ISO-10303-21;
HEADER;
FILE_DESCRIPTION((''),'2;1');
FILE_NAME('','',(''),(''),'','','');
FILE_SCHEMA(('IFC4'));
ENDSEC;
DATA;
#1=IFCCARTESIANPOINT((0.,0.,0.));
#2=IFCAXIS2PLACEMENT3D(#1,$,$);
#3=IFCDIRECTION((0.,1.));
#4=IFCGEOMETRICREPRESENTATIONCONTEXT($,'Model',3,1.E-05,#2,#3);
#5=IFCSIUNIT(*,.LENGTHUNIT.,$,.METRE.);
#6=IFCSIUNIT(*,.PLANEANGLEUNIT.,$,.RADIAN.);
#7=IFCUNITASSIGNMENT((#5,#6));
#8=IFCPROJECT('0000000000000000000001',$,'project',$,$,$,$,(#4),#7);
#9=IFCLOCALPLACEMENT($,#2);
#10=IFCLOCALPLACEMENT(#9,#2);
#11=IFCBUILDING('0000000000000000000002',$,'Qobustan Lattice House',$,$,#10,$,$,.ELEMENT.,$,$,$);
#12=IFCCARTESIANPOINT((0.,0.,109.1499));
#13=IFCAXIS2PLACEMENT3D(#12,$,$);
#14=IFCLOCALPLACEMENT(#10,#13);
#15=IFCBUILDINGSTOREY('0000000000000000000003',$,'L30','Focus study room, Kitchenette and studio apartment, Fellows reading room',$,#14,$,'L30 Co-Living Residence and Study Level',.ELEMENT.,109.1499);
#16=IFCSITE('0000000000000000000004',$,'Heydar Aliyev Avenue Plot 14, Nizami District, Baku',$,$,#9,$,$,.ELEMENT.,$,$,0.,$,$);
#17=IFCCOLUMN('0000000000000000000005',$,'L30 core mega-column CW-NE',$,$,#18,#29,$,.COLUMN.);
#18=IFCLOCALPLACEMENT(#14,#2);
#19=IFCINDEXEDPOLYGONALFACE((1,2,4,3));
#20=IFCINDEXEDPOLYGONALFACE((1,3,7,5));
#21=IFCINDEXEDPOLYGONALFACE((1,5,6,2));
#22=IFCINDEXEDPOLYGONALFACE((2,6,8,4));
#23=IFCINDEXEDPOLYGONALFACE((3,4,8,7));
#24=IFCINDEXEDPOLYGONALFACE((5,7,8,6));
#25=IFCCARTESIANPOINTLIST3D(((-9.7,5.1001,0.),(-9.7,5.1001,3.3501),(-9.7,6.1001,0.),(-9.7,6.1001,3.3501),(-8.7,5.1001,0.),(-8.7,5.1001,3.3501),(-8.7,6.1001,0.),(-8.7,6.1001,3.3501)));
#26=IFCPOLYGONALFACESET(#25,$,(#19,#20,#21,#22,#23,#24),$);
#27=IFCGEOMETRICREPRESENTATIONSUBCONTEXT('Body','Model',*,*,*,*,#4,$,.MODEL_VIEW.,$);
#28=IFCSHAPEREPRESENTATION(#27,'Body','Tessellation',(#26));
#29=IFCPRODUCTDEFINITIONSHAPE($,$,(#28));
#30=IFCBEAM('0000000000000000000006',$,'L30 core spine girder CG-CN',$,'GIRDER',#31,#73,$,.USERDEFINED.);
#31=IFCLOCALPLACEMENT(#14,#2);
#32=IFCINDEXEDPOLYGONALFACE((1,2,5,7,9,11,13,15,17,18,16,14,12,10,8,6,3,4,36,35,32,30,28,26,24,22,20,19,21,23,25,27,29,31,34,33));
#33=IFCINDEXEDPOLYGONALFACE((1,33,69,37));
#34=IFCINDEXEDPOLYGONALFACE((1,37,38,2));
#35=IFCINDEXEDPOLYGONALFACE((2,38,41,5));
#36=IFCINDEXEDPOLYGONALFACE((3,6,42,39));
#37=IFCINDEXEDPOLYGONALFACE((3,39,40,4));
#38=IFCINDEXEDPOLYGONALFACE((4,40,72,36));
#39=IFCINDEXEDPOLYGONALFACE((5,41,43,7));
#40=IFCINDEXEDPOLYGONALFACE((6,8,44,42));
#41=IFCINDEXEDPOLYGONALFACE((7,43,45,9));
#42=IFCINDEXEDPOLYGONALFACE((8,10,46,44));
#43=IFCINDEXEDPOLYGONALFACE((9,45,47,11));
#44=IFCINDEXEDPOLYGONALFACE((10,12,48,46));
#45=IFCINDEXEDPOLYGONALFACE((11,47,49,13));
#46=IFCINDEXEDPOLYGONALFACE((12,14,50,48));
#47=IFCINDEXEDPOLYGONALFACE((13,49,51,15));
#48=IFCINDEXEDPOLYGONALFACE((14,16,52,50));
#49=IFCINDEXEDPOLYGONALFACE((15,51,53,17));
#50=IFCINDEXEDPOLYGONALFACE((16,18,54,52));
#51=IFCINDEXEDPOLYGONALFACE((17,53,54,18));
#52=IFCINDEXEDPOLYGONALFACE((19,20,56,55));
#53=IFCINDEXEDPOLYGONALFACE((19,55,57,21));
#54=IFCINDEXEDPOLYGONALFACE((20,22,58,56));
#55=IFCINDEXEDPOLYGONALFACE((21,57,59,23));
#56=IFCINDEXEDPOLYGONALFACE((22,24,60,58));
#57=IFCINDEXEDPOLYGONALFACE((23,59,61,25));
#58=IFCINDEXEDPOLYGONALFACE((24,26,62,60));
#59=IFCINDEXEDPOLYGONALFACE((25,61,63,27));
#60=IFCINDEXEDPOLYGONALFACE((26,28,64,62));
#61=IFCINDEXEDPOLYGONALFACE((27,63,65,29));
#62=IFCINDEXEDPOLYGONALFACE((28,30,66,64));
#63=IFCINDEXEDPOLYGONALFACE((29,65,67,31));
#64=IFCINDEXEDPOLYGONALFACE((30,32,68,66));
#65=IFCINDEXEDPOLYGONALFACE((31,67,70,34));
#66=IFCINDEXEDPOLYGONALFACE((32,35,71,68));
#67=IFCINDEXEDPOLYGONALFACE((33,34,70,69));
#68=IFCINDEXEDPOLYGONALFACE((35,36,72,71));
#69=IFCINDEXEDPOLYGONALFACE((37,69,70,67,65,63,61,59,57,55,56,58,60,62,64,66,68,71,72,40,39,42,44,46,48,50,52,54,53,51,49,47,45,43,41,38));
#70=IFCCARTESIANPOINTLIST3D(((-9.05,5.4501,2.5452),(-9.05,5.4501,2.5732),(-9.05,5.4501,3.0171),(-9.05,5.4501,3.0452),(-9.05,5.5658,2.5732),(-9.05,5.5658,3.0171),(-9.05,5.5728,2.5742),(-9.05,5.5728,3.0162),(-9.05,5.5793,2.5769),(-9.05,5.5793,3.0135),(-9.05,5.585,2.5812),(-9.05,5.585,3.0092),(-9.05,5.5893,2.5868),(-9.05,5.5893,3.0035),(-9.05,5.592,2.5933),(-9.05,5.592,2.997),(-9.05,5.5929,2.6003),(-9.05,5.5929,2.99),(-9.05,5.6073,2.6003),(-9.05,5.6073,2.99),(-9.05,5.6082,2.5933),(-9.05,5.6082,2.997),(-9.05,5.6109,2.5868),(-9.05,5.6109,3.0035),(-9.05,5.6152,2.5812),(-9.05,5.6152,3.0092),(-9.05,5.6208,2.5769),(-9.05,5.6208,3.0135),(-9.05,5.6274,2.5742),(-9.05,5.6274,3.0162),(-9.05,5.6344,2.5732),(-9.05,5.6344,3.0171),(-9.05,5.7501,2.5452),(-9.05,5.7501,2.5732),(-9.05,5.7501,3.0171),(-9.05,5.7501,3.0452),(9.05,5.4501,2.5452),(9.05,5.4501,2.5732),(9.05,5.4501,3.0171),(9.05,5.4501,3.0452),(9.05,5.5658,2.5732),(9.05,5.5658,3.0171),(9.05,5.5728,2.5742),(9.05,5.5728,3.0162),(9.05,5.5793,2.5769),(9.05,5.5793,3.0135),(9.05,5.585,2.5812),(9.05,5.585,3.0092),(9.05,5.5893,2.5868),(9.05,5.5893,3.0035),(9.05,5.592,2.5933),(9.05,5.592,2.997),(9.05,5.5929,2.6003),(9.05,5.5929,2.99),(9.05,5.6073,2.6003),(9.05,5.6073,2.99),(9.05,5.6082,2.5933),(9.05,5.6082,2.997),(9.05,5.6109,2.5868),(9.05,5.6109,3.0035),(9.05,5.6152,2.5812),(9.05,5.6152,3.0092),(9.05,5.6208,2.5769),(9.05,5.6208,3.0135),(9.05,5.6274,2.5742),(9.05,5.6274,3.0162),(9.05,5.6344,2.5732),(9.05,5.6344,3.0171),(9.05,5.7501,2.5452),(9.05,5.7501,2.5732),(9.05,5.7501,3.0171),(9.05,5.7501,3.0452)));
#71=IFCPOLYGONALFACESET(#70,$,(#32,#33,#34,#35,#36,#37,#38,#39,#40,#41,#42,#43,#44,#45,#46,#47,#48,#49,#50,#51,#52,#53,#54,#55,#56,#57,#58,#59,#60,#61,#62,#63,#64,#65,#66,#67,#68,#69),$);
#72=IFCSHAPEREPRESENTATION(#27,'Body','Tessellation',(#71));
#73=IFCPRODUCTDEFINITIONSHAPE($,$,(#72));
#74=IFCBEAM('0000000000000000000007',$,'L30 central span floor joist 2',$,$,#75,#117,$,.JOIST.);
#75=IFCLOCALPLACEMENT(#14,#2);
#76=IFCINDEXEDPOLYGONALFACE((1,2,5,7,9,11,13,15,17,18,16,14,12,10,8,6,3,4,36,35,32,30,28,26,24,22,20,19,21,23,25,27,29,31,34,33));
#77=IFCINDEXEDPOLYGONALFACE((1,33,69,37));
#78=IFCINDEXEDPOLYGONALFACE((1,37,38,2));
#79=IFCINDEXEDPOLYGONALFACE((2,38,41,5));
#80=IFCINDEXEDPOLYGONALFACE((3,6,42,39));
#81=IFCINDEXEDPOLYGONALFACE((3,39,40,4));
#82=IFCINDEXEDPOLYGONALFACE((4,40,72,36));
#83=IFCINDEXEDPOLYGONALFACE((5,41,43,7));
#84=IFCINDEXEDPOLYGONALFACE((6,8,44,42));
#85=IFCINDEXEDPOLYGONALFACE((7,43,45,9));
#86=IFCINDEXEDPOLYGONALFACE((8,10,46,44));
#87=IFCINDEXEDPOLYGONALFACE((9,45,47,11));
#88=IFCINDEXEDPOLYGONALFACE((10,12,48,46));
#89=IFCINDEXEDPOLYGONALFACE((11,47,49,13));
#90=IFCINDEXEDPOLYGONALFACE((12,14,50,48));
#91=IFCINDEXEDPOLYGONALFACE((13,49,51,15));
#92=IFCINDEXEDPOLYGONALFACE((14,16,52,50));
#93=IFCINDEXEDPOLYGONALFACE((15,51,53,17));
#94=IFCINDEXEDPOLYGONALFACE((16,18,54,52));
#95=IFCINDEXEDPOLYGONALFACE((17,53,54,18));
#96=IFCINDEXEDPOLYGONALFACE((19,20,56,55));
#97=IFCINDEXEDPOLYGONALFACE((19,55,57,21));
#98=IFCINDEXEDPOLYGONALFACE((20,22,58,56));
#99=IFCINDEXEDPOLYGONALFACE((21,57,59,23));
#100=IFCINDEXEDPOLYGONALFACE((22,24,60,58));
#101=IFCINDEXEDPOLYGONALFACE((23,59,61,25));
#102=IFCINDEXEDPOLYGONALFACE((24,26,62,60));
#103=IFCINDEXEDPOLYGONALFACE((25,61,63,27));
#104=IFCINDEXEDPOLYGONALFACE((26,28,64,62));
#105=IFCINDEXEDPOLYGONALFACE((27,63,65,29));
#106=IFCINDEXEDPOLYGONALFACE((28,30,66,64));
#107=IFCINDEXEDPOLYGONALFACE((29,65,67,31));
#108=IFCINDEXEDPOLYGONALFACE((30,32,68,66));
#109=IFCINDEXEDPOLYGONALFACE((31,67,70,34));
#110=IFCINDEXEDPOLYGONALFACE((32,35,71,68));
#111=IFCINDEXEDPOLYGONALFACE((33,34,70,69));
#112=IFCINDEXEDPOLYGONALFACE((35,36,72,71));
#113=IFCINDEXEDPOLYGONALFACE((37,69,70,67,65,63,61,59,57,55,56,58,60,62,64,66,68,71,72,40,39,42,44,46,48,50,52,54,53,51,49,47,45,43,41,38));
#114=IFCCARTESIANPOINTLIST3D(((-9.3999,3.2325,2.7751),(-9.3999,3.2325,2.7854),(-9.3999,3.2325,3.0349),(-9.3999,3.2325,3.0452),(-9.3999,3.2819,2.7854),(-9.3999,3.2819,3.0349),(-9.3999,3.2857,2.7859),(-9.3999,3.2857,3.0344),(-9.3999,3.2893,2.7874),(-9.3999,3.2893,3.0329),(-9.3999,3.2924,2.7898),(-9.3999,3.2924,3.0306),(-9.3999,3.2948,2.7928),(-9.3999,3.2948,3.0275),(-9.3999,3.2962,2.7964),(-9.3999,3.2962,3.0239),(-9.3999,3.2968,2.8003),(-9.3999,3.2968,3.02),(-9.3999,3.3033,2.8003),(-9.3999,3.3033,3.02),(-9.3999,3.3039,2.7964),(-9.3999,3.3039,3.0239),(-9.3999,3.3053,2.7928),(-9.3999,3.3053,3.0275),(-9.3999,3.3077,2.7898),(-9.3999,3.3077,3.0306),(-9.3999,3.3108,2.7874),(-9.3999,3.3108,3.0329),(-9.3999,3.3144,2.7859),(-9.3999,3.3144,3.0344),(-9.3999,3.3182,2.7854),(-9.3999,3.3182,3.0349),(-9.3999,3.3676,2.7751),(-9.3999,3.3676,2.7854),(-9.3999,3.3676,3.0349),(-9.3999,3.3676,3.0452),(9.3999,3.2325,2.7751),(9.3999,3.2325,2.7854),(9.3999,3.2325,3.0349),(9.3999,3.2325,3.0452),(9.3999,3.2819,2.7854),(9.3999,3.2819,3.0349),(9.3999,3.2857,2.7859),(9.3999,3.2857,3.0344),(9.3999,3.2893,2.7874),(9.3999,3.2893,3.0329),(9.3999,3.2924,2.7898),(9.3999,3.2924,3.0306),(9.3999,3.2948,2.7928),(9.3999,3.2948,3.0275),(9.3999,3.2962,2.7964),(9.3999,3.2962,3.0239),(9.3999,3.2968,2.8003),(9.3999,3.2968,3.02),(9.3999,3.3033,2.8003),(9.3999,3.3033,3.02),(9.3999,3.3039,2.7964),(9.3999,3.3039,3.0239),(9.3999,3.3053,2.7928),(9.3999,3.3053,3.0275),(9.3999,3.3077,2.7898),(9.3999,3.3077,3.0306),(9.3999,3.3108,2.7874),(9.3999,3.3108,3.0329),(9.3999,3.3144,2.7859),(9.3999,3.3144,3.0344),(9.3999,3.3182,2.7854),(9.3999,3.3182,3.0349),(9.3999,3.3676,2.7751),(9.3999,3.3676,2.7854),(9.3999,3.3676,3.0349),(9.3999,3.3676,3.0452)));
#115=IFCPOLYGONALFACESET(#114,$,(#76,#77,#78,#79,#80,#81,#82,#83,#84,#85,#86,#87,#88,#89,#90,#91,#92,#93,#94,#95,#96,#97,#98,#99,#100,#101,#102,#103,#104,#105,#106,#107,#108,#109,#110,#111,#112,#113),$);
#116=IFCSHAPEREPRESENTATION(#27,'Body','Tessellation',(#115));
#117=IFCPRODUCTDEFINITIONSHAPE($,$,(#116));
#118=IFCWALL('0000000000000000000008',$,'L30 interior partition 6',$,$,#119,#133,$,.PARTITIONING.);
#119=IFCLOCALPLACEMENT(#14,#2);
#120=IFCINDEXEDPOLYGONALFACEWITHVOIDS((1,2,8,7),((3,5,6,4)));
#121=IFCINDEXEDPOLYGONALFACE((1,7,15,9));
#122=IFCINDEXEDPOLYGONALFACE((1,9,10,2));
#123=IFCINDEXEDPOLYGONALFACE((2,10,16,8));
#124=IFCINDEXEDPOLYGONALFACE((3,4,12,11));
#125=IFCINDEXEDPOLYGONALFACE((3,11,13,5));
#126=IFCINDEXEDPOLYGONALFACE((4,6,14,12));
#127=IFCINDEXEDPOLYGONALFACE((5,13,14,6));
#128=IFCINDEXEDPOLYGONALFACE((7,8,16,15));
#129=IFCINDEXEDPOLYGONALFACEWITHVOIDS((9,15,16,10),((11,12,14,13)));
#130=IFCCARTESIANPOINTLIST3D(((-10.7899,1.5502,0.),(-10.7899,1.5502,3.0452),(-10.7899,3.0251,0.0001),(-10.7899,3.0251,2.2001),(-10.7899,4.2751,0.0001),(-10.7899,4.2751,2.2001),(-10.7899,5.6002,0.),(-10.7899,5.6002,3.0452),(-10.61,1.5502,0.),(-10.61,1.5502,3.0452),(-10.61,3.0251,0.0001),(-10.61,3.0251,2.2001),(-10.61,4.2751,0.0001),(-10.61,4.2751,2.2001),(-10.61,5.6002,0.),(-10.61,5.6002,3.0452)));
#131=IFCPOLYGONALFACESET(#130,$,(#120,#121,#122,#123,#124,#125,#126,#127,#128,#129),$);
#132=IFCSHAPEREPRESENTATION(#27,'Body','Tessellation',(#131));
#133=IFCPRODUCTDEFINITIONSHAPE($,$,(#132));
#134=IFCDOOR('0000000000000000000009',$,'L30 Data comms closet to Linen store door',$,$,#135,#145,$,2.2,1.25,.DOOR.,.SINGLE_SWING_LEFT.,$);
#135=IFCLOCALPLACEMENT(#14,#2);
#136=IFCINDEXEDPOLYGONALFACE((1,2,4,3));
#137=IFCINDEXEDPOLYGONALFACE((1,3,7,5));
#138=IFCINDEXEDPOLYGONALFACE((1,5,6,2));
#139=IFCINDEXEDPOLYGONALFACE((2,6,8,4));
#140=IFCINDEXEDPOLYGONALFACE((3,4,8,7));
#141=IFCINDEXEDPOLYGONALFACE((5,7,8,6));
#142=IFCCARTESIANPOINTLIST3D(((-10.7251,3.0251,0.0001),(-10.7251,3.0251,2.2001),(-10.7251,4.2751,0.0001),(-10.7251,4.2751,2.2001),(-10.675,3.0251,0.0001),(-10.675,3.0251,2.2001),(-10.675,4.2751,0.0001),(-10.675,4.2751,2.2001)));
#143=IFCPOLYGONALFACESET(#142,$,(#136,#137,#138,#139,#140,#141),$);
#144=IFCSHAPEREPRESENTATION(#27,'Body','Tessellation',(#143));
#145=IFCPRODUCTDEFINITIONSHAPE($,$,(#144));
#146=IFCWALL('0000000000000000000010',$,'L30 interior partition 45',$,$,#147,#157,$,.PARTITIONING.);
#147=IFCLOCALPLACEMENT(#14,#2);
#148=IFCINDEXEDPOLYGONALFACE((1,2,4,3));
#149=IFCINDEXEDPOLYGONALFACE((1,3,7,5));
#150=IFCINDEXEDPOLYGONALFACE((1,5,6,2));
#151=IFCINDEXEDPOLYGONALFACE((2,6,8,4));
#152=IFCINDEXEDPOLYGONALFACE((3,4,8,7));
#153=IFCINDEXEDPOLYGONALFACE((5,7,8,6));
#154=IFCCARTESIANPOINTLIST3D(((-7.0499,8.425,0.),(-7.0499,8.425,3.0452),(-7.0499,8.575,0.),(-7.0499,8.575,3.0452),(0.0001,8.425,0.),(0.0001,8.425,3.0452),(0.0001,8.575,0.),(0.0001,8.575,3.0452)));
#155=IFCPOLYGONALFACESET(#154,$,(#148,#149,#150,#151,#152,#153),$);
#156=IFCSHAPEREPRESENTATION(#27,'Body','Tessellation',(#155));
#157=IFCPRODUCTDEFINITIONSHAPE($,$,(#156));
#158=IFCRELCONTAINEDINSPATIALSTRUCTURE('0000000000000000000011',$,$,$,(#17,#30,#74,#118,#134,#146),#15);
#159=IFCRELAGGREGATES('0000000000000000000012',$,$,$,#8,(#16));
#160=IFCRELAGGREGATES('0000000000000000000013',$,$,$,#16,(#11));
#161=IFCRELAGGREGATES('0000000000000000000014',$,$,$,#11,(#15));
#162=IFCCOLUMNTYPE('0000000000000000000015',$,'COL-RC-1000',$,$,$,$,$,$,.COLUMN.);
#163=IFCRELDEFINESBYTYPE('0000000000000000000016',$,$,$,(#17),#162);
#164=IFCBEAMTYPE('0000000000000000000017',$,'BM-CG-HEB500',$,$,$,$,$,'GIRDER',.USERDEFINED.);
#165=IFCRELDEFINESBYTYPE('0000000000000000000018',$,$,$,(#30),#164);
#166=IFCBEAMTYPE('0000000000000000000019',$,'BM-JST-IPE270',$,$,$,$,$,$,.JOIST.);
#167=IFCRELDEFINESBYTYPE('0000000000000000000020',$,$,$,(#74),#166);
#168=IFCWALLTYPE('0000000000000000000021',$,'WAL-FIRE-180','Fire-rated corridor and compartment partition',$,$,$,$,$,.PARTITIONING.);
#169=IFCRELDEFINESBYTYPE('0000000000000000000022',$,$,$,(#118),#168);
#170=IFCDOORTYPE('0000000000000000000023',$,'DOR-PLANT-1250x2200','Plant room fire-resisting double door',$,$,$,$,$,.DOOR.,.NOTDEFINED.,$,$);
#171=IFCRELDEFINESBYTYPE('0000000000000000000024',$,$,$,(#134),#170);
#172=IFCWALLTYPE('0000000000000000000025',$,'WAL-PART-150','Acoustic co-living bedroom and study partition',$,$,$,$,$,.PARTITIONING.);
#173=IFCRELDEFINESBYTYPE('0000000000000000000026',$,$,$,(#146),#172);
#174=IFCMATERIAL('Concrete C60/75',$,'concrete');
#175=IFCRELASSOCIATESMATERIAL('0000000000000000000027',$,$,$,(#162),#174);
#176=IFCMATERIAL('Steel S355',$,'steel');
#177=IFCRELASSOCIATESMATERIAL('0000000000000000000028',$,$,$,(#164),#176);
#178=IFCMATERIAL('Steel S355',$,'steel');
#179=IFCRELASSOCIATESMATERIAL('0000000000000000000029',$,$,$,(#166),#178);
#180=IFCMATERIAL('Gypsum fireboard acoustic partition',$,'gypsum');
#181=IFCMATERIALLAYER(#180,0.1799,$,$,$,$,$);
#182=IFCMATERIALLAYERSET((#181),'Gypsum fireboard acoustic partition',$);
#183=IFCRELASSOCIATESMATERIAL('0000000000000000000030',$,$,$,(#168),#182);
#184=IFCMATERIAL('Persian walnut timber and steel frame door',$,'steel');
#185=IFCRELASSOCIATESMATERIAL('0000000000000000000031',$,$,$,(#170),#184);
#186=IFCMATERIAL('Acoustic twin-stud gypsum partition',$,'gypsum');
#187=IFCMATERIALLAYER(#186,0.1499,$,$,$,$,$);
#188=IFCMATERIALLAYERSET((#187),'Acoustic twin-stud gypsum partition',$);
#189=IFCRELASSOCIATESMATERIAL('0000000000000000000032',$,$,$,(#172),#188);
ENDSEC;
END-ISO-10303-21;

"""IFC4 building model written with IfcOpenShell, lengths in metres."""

from ifc_helpers import new_model, si_unit, direction, frame, frame_2d, origin, origin_2d, place, context, subcontext, project, spatial, rectangle, i_section, extrude, material, layer, layer_set, material_profile, profile_set, type_object, element, fill, save


model = new_model("IFC4")

# Units and contexts
model_context = context("Model", 3, precision=1e-05, world=origin(), true_north=direction((0.0, 1.0)))
body_context = subcontext(model_context, "Body", "Model", "MODEL_VIEW")
ifc_project = project(units=[si_unit("LENGTHUNIT", "METRE"), si_unit("PLANEANGLEUNIT", "RADIAN")], contexts=[model_context])

# Site, building, storey
site_placement = place(None, origin())
site = spatial("IfcSite", under=ifc_project, at=site_placement, Name="Heydar Aliyev Avenue Plot 14, Nizami District, Baku", CompositionType="ELEMENT", RefElevation=0.0)
building_placement = place(site_placement, origin())
building = spatial("IfcBuilding", under=site, at=building_placement, Name="Qobustan Lattice House", CompositionType="ELEMENT")
storey_placement = place(building_placement, frame((0.0, 0.0, 109.1499)))
storey = spatial("IfcBuildingStorey", under=building, at=storey_placement, Name="L30", Description="Focus study room, Kitchenette and studio apartment, Fellows reading room", LongName="L30 Co-Living Residence and Study Level", CompositionType="ELEMENT", Elevation=109.1499)

# Column
ifc_material_1 = material(Name="Concrete C60/75", Category="concrete")
ifc_material_profile_1 = material_profile(ifc_material_1, rectangle(XDim=1.0, YDim=1.0, at=origin_2d()), Name="RC1000x1000")
ifc_profile_set_1 = profile_set([ifc_material_profile_1], Name="Concrete C60/75")
column_type = type_object("IfcColumnType", Name="COL-RC-1000", PredefinedType="COLUMN", material=ifc_profile_set_1)
column_placement = place(storey_placement, frame((-9.2, 5.6001, 0.0), z_axis=(0.0, 0.0, 1.0), x_axis=(1.0, 0.0, 0.0)))
element("IfcColumn", 1, at=column_placement, inside=storey, type_object=column_type, Name="L30 core mega-column CW-NE", PredefinedType="COLUMN", context=body_context, shape_type="SweptSolid", body=[
    extrude(rectangle(XDim=1.0, YDim=1.0, at=origin_2d()), origin(), (0.0, 0.0, 1.0), 3.3501),
])

# Beams
ifc_material_2 = material(Name="Steel S355", Category="steel")
ifc_material_profile_2 = material_profile(ifc_material_2, i_section(OverallWidth=0.3, OverallDepth=0.5, WebThickness=0.0144, FlangeThickness=0.0281, FilletRadius=0.0271, at=origin_2d()), Name="HEB500")
ifc_profile_set_2 = profile_set([ifc_material_profile_2], Name="Steel S355")
beam_type_1 = type_object("IfcBeamType", Name="BM-CG-HEB500", ElementType="GIRDER", PredefinedType="USERDEFINED", material=ifc_profile_set_2)
beam_1_placement = place(storey_placement, frame((-9.05, 5.6001, 2.7952), z_axis=(1.0, 0.0, 0.0), x_axis=(0.0, 1.0, 0.0)))
element("IfcBeam", 2, at=beam_1_placement, inside=storey, type_object=beam_type_1, Name="L30 core spine girder CG-CN", ObjectType="GIRDER", PredefinedType="USERDEFINED", context=body_context, shape_type="SweptSolid", body=[
    extrude(i_section(OverallWidth=0.3, OverallDepth=0.5, WebThickness=0.0144, FlangeThickness=0.0281, FilletRadius=0.0271, at=origin_2d()), origin(), (0.0, 0.0, 1.0), 18.1001),
])
ifc_material_3 = material(Name="Steel S355", Category="steel")
ifc_material_profile_3 = material_profile(ifc_material_3, i_section(OverallWidth=0.135, OverallDepth=0.27, WebThickness=0.0066, FlangeThickness=0.0103, FilletRadius=0.0149, at=origin_2d()), Name="IPE270")
ifc_profile_set_3 = profile_set([ifc_material_profile_3], Name="Steel S355")
beam_type_2 = type_object("IfcBeamType", Name="BM-JST-IPE270", PredefinedType="JOIST", material=ifc_profile_set_3)
beam_2_placement = place(storey_placement, frame((-9.3999, 3.3, 2.9102), z_axis=(1.0, 0.0, 0.0), x_axis=(0.0, 1.0, 0.0)))
element("IfcBeam", 3, at=beam_2_placement, inside=storey, type_object=beam_type_2, Name="L30 central span floor joist 2", PredefinedType="JOIST", context=body_context, shape_type="SweptSolid", body=[
    extrude(i_section(OverallWidth=0.135, OverallDepth=0.27, WebThickness=0.0066, FlangeThickness=0.0103, FilletRadius=0.0149, at=origin_2d()), origin(), (0.0, 0.0, 1.0), 18.7998),
])

# Wall, opening, door
ifc_material_4 = material(Name="Gypsum fireboard acoustic partition", Category="gypsum")
ifc_layer_1 = layer(ifc_material_4, 0.1799)
ifc_layer_set_1 = layer_set([ifc_layer_1], Name="Gypsum fireboard acoustic partition")
wall_type_1 = type_object("IfcWallType", Name="WAL-FIRE-180", Description="Fire-rated corridor and compartment partition", PredefinedType="PARTITIONING", material=ifc_layer_set_1)
wall_1_placement = place(storey_placement, frame((-10.7, 5.6001, 0.0), z_axis=(0.0, 0.0, 1.0), x_axis=(0.0, -1.0, 0.0)))
wall_1 = element("IfcWall", 4, at=wall_1_placement, inside=storey, type_object=wall_type_1, Name="L30 interior partition 6", PredefinedType="PARTITIONING", context=body_context, shape_type="SweptSolid", body=[
    extrude(rectangle(XDim=4.05, YDim=0.1799, at=frame_2d((2.0249, 0.0))), origin(), (0.0, 0.0, 1.0), 3.0452),
])
opening_1_placement = place(wall_1_placement, frame((1.325, 0.0, 0.0)))
opening_1 = element("IfcOpeningElement", 5, at=opening_1_placement, cuts=wall_1, PredefinedType="OPENING", context=body_context, shape_type="SweptSolid", body=[
    extrude(rectangle(XDim=1.25, YDim=2.2, at=frame_2d((0.625, 1.1001))), frame((0.0, 0.0999, 0.0), z_axis=(0.0, -1.0, 0.0), x_axis=(1.0, 0.0, 0.0)), (0.0, 0.0, 1.0), 0.2),
])
ifc_material_5 = material(Name="Persian walnut timber and steel frame door", Category="steel")
door_type_1 = type_object("IfcDoorType", Name="DOR-PLANT-1250x2200", Description="Plant room fire-resisting double door", OperationType="NOTDEFINED", PredefinedType="DOOR", material=ifc_material_5)
door_1_placement = place(opening_1_placement, origin())
door_1 = element("IfcDoor", 6, at=door_1_placement, inside=storey, type_object=door_type_1, Name="L30 Data comms closet to Linen store door", OperationType="SINGLE_SWING_LEFT", OverallHeight=2.2, OverallWidth=1.25, PredefinedType="DOOR", context=body_context, shape_type="SweptSolid", body=[
    extrude(rectangle(XDim=1.25, YDim=2.2, at=frame_2d((0.625, 1.1001))), frame((0.0, 0.0249, 0.0), z_axis=(0.0, -1.0, 0.0), x_axis=(1.0, 0.0, 0.0)), (0.0, 0.0, 1.0), 0.05),
])
fill(opening_1, door_1)

# Wall
ifc_material_6 = material(Name="Acoustic twin-stud gypsum partition", Category="gypsum")
ifc_layer_2 = layer(ifc_material_6, 0.1499)
ifc_layer_set_2 = layer_set([ifc_layer_2], Name="Acoustic twin-stud gypsum partition")
wall_type_2 = type_object("IfcWallType", Name="WAL-PART-150", Description="Acoustic co-living bedroom and study partition", PredefinedType="PARTITIONING", material=ifc_layer_set_2)
wall_2_placement = place(storey_placement, frame((0.0, 8.5, 0.0), z_axis=(0.0, 0.0, 1.0), x_axis=(-1.0, 0.0, 0.0)))
element("IfcWall", 7, at=wall_2_placement, inside=storey, type_object=wall_type_2, Name="L30 interior partition 45", PredefinedType="PARTITIONING", context=body_context, shape_type="SweptSolid", body=[
    extrude(rectangle(XDim=7.05, YDim=0.1499, at=frame_2d((3.5249, 0.0))), origin(), (0.0, 0.0, 1.0), 3.0452),
])

save(model, "model.ifc")
